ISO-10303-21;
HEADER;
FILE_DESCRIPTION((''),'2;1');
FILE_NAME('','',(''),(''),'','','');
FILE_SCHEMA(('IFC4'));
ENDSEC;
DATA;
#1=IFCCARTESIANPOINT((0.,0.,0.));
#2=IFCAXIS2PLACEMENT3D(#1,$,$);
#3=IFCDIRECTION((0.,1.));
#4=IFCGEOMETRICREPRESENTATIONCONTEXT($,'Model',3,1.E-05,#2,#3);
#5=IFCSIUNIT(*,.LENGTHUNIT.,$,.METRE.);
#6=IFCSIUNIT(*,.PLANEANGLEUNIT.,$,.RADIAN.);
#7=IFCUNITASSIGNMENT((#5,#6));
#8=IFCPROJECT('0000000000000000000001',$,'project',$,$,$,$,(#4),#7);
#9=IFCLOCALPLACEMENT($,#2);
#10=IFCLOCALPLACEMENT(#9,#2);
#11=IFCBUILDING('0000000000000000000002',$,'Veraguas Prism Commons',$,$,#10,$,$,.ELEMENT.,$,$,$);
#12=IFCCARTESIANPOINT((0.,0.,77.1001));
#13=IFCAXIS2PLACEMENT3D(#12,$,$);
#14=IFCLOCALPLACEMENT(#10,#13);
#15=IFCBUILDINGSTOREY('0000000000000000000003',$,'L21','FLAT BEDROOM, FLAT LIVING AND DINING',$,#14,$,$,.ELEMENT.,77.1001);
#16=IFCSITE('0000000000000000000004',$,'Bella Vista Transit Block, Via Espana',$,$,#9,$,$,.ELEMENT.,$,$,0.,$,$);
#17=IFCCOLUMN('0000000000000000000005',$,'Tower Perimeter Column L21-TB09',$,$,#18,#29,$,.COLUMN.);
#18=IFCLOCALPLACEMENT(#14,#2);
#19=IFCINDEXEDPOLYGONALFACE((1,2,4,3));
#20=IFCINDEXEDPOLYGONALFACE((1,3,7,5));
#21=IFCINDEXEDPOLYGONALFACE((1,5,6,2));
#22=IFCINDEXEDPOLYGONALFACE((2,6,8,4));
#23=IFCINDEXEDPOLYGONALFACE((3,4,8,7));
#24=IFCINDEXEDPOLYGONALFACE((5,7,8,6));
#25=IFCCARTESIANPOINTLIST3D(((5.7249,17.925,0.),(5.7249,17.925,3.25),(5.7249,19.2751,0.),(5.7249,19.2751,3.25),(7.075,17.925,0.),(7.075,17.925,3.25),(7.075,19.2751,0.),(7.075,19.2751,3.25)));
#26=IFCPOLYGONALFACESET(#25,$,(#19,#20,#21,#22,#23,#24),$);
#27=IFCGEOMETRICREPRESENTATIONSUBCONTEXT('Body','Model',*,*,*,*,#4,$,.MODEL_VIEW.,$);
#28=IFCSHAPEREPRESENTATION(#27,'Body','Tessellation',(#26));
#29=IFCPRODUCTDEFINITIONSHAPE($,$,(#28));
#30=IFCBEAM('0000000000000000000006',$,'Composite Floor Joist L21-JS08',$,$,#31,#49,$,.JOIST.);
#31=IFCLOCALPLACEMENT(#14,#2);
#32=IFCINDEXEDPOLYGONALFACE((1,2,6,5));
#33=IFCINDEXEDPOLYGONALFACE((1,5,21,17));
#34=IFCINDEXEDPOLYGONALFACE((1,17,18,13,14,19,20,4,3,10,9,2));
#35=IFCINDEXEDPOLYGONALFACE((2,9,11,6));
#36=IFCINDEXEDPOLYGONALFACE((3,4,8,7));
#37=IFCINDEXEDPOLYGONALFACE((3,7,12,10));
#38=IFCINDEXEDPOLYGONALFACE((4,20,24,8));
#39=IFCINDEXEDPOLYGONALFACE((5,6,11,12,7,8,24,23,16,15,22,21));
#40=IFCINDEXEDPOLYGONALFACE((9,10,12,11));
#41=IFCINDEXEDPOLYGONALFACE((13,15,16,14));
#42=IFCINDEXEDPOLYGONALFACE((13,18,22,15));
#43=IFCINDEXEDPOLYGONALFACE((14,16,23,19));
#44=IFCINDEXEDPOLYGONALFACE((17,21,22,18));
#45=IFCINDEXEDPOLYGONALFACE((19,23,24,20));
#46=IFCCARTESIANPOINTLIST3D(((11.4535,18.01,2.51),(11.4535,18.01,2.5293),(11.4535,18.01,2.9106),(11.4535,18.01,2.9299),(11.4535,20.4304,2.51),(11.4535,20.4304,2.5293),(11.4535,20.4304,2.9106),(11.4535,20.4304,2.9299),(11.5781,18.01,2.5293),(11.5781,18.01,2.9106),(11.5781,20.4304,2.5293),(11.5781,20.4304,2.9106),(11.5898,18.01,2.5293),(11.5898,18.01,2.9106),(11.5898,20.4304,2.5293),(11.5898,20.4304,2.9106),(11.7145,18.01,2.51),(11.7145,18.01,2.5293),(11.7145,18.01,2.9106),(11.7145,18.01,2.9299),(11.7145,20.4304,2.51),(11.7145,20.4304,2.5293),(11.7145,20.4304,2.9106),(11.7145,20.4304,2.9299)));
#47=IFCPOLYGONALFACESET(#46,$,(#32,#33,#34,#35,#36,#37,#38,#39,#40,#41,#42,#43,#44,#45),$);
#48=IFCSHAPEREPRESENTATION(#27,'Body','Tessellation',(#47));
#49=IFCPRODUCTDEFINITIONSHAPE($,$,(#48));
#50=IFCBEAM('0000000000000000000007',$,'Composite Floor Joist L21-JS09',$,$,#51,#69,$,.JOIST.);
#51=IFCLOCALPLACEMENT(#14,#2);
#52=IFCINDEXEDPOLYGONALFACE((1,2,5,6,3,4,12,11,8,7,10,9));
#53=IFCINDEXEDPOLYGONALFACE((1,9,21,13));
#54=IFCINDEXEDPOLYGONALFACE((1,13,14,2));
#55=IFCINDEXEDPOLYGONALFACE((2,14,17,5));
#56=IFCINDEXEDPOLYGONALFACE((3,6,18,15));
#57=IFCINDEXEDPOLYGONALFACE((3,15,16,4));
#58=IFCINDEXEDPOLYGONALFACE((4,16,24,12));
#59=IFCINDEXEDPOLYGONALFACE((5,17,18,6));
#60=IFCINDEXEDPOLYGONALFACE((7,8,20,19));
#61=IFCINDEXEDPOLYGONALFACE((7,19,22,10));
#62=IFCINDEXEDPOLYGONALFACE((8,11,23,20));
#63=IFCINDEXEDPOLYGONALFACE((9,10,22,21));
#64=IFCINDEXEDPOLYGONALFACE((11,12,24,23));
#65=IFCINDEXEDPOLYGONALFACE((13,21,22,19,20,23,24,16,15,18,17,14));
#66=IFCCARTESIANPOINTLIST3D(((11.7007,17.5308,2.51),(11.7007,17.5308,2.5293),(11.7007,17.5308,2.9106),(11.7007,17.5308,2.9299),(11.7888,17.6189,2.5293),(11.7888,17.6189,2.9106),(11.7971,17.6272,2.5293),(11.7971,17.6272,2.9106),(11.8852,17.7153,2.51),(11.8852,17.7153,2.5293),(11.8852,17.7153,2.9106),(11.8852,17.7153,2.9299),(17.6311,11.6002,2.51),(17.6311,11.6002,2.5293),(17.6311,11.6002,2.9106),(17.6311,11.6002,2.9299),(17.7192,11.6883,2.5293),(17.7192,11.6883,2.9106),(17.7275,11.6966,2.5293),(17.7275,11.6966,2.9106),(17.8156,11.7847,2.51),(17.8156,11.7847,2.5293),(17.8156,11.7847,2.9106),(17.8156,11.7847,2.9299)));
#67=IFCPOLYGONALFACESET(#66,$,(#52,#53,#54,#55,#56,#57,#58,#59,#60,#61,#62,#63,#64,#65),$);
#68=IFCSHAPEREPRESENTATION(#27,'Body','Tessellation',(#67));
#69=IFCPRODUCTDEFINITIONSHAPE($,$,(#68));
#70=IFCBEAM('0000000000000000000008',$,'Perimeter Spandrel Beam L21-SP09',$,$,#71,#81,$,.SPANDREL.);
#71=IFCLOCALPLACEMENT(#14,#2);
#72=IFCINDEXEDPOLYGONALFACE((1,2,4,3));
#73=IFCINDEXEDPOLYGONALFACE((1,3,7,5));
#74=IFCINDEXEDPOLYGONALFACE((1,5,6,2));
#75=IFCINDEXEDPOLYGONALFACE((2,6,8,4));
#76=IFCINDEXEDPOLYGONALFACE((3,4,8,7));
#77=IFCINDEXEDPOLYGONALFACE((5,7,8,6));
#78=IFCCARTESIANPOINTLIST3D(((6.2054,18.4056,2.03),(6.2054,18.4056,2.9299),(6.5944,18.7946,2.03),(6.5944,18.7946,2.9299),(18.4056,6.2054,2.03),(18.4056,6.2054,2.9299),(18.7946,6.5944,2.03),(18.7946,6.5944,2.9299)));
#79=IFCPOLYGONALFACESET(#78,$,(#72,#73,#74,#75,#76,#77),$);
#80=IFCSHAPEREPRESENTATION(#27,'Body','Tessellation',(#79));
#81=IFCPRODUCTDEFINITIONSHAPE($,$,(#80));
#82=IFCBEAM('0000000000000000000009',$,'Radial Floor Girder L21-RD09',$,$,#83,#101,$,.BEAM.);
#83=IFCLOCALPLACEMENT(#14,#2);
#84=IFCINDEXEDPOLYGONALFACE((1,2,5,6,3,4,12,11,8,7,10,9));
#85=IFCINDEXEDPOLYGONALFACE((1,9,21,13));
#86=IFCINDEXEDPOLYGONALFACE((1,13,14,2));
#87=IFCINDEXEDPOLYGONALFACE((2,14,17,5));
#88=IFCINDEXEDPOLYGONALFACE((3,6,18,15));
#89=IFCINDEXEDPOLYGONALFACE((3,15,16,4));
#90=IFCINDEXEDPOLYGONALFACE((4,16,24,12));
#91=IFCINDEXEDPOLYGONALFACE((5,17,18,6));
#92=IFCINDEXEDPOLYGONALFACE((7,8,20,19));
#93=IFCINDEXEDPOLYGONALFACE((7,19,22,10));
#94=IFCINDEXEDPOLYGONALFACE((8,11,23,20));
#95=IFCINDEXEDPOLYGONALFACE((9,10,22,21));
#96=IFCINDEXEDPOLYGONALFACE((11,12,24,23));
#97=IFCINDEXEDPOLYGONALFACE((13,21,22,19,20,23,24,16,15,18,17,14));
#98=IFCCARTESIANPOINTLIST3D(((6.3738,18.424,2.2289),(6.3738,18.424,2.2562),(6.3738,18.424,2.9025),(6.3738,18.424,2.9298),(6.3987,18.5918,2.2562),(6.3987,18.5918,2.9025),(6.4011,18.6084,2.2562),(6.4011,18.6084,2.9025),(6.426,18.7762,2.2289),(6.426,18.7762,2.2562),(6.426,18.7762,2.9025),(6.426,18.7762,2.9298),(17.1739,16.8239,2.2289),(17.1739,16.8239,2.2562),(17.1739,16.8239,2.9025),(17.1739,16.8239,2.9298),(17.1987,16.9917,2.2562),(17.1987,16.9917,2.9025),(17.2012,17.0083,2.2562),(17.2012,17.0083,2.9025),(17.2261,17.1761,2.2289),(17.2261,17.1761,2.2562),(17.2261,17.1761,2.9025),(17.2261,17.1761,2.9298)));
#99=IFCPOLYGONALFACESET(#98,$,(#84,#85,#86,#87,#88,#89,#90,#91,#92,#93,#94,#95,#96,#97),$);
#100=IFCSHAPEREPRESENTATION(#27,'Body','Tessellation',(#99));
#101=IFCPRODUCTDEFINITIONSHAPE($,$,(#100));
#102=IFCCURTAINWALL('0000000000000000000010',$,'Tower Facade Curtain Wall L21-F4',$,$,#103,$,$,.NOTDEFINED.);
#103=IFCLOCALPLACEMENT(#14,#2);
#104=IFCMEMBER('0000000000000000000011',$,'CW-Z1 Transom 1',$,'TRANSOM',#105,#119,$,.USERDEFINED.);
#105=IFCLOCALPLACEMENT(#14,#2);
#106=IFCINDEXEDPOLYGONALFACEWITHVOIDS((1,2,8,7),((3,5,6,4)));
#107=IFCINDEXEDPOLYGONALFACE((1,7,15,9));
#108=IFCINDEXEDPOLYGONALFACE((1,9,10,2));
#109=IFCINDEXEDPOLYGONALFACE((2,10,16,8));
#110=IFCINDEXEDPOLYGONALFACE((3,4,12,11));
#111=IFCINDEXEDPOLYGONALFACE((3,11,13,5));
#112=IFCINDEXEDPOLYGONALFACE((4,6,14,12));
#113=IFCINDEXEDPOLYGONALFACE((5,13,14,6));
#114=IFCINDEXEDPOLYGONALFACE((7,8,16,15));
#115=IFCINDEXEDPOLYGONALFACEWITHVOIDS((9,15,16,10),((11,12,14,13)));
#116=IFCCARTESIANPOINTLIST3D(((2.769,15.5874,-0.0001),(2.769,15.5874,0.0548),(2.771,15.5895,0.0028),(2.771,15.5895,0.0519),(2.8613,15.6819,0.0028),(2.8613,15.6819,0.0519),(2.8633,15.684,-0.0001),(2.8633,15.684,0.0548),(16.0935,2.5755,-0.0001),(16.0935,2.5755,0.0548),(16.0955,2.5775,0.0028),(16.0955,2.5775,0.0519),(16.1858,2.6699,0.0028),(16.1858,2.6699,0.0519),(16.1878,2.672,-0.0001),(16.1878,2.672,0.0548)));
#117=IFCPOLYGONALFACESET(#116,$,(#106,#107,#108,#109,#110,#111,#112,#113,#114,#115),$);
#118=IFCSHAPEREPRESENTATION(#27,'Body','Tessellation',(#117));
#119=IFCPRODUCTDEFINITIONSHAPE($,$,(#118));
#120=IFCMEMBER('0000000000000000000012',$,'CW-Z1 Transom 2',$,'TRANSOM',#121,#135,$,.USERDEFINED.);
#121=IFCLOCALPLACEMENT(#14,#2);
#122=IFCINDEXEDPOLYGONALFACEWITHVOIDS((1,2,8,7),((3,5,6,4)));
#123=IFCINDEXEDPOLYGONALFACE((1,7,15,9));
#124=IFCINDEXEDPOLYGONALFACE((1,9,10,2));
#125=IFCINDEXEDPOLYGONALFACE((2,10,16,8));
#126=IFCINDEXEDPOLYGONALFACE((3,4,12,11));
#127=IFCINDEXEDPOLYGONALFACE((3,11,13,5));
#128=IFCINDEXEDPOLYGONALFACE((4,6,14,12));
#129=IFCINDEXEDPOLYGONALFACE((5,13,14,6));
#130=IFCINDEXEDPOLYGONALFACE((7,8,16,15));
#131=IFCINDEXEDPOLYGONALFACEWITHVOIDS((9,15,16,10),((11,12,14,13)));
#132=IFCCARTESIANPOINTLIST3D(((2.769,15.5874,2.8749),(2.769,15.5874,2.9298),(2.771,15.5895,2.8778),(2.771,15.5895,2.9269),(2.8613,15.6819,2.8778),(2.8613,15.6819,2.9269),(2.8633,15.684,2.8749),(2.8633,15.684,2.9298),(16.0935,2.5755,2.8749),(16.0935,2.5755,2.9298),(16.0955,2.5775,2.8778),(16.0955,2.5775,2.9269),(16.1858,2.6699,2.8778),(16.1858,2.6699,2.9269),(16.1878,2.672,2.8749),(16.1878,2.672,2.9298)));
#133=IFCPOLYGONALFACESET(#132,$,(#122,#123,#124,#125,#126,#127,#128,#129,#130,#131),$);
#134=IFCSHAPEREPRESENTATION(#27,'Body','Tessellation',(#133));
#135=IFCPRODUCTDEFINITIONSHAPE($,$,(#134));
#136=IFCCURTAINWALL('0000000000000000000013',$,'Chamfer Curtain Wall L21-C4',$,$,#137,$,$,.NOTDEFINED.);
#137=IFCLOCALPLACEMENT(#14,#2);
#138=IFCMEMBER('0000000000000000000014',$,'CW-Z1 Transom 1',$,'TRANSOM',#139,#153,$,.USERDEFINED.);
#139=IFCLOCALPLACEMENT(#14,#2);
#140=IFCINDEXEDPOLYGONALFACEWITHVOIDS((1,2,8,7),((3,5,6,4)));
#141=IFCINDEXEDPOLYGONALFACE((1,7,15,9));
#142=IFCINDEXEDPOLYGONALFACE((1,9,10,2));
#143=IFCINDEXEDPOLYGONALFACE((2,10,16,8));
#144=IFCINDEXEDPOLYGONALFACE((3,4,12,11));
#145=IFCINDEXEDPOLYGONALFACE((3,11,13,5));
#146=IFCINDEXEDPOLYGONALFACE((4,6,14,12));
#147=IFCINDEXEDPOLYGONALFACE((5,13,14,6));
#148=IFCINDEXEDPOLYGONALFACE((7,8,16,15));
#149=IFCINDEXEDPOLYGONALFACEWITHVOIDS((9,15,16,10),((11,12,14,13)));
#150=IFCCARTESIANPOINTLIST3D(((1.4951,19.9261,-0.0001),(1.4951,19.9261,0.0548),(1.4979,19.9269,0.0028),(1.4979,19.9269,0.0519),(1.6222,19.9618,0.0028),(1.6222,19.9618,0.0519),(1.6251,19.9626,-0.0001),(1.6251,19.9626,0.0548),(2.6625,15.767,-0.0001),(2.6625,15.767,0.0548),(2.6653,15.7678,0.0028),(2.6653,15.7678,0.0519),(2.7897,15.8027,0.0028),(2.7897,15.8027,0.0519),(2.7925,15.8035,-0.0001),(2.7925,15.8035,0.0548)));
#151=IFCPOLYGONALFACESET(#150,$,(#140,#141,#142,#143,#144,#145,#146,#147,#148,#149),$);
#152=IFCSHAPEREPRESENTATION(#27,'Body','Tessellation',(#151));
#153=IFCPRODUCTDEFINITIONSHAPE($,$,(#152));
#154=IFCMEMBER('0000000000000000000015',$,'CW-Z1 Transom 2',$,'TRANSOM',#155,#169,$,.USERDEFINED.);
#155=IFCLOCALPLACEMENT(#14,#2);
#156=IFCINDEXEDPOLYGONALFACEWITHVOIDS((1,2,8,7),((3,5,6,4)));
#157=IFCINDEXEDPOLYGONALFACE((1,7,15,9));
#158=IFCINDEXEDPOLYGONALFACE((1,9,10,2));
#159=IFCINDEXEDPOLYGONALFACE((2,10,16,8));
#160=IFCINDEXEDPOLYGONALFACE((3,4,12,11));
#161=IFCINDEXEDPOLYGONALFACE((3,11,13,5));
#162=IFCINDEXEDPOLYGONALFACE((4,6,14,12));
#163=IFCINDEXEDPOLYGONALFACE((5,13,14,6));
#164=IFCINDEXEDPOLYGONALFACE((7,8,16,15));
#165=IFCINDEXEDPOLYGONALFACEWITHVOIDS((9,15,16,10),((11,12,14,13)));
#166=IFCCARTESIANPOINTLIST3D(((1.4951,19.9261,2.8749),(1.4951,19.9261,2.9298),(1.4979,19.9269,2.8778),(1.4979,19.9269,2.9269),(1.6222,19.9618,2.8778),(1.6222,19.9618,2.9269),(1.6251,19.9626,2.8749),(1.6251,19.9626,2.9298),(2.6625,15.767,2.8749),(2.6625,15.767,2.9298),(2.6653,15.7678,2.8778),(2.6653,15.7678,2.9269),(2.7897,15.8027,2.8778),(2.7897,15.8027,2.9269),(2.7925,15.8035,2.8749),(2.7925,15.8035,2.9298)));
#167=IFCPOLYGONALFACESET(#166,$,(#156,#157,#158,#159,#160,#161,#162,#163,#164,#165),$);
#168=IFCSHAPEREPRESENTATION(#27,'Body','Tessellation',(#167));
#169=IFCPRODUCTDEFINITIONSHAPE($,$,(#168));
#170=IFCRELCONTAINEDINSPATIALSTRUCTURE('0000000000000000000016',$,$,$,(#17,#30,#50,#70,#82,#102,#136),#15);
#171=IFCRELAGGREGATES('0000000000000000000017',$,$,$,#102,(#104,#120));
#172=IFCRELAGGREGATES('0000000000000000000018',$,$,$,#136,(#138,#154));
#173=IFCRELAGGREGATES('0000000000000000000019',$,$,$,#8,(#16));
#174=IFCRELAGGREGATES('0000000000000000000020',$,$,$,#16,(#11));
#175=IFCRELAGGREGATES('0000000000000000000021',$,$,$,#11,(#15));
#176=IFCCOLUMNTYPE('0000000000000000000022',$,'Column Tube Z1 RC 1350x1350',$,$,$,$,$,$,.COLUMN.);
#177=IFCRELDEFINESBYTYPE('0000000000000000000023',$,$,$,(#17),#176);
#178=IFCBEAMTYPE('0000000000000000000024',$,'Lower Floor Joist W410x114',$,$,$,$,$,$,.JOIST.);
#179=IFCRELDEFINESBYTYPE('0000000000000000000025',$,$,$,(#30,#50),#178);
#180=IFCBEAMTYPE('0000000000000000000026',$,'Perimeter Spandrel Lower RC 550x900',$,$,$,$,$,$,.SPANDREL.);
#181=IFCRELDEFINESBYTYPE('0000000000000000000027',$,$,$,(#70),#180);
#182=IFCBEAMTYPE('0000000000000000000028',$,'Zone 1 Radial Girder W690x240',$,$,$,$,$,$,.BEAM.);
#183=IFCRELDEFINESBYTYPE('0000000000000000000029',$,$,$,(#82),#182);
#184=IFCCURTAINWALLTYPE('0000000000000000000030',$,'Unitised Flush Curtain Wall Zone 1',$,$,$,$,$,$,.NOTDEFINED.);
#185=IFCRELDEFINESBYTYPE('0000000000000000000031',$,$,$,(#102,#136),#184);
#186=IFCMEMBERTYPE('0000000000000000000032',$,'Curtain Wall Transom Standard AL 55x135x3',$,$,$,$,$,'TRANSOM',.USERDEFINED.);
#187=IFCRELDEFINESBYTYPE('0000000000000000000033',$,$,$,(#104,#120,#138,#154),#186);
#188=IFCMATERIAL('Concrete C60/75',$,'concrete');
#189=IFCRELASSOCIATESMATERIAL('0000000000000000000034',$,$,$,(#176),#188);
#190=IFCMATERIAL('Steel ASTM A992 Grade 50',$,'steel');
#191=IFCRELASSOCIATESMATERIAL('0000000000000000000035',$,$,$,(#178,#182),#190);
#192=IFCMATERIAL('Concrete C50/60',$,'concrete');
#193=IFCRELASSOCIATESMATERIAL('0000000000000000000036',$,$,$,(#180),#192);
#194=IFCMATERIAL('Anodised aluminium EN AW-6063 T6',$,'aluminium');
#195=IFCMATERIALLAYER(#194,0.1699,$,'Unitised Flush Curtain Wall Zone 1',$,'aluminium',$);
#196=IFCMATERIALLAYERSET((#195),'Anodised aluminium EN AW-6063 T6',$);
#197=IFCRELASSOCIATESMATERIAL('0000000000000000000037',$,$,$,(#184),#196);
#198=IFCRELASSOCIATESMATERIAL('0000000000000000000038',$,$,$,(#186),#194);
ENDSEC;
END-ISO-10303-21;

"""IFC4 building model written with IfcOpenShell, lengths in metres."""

from ifc_helpers import new_model, si_unit, direction, frame, origin, origin_2d, place, context, subcontext, project, spatial, rectangle, hollow_rectangle, i_section, extrude, source, transform, mapped, material, layer, layer_set, material_profile, profile_set, type_object, element, aggregate, save


model = new_model("IFC4")

# Units and contexts
model_context = context("Model", 3, precision=1e-05, world=origin(), true_north=direction((0.0, 1.0)))
body_context = subcontext(model_context, "Body", "Model", "MODEL_VIEW")
ifc_project = project(units=[si_unit("LENGTHUNIT", "METRE"), si_unit("PLANEANGLEUNIT", "RADIAN")], contexts=[model_context])

# Site, building, storey
site_placement = place(None, origin())
site = spatial("IfcSite", under=ifc_project, at=site_placement, Name="Bella Vista Transit Block, Via Espana", CompositionType="ELEMENT", RefElevation=0.0)
building_placement = place(site_placement, origin())
building = spatial("IfcBuilding", under=site, at=building_placement, Name="Veraguas Prism Commons", CompositionType="ELEMENT")
storey_placement = place(building_placement, frame((0.0, 0.0, 77.1001)))
storey = spatial("IfcBuildingStorey", under=building, at=storey_placement, Name="L21", Description="FLAT BEDROOM, FLAT LIVING AND DINING", CompositionType="ELEMENT", Elevation=77.1001)

# Column
ifc_material_1 = material(Name="Concrete C60/75", Category="concrete")
ifc_material_profile_1 = material_profile(ifc_material_1, rectangle(XDim=1.3501, YDim=1.3501, at=origin_2d()), Name="RC1350X1350")
ifc_profile_set_1 = profile_set([ifc_material_profile_1], Name="Concrete C60/75")
column_type = type_object("IfcColumnType", Name="Column Tube Z1 RC 1350x1350", PredefinedType="COLUMN", material=ifc_profile_set_1)
column_placement = place(storey_placement, frame((6.3999, 18.6001, 0.0), z_axis=(0.0, 0.0, 1.0), x_axis=(1.0, 0.0, 0.0)))
element("IfcColumn", 1, at=column_placement, inside=storey, type_object=column_type, Name="Tower Perimeter Column L21-TB09", PredefinedType="COLUMN", context=body_context, shape_type="SweptSolid", body=[
    extrude(rectangle(XDim=1.3501, YDim=1.3501, at=origin_2d()), origin(), (0.0, 0.0, 1.0), 3.25),
])

# Beams
ifc_material_2 = material(Name="Steel ASTM A992 Grade 50", Category="steel")
ifc_material_profile_2 = material_profile(ifc_material_2, i_section(OverallWidth=0.261, OverallDepth=0.4199, WebThickness=0.0117, FlangeThickness=0.0193, at=origin_2d()), Name="W410X114")
ifc_profile_set_2 = profile_set([ifc_material_profile_2], Name="Steel ASTM A992 Grade 50")
beam_type_1 = type_object("IfcBeamType", Name="Lower Floor Joist W410x114", PredefinedType="JOIST", material=ifc_profile_set_2)
beam_1_placement = place(storey_placement, frame((11.584, 20.4304, 2.72), z_axis=(0.0, -1.0, 0.0), x_axis=(1.0, 0.0, 0.0)))
element("IfcBeam", 2, at=beam_1_placement, inside=storey, type_object=beam_type_1, Name="Composite Floor Joist L21-JS08", PredefinedType="JOIST", context=body_context, shape_type="SweptSolid", body=[
    extrude(i_section(OverallWidth=0.261, OverallDepth=0.4199, WebThickness=0.0117, FlangeThickness=0.0193, at=origin_2d()), origin(), (0.0, 0.0, 1.0), 2.4204),
])
beam_2_placement = place(storey_placement, frame((11.793, 17.623, 2.72), z_axis=(0.707092, -0.707121, 0.0), x_axis=(0.707121, 0.707092, 0.0)))
element("IfcBeam", 3, at=beam_2_placement, inside=storey, type_object=beam_type_1, Name="Composite Floor Joist L21-JS09", PredefinedType="JOIST", context=body_context, shape_type="SweptSolid", body=[
    extrude(i_section(OverallWidth=0.261, OverallDepth=0.4199, WebThickness=0.0117, FlangeThickness=0.0193, at=origin_2d()), origin(), (0.0, 0.0, 1.0), 8.387),
])
ifc_material_3 = material(Name="Concrete C50/60", Category="concrete")
ifc_material_profile_3 = material_profile(ifc_material_3, rectangle(XDim=0.55, YDim=0.8999, at=origin_2d()), Name="RC550X900")
ifc_profile_set_3 = profile_set([ifc_material_profile_3], Name="Concrete C50/60")
beam_type_2 = type_object("IfcBeamType", Name="Perimeter Spandrel Lower RC 550x900", PredefinedType="SPANDREL", material=ifc_profile_set_3)
beam_3_placement = place(storey_placement, frame((6.3999, 18.6001, 2.48), z_axis=(0.707107, -0.707107, 0.0), x_axis=(0.707107, 0.707107, 0.0)))
element("IfcBeam", 4, at=beam_3_placement, inside=storey, type_object=beam_type_2, Name="Perimeter Spandrel Beam L21-SP09", PredefinedType="SPANDREL", context=body_context, shape_type="SweptSolid", body=[
    extrude(rectangle(XDim=0.55, YDim=0.8999, at=origin_2d()), origin(), (0.0, 0.0, 1.0), 17.2537),
])
ifc_material_profile_4 = material_profile(ifc_material_2, i_section(OverallWidth=0.356, OverallDepth=0.7009, WebThickness=0.0168, FlangeThickness=0.0273, at=origin_2d()), Name="W690X240")
ifc_profile_set_4 = profile_set([ifc_material_profile_4], Name="Steel ASTM A992 Grade 50")
beam_type_3 = type_object("IfcBeamType", Name="Zone 1 Radial Girder W690x240", PredefinedType="BEAM", material=ifc_profile_set_4)
beam_4_placement = place(storey_placement, frame((6.3999, 18.6001, 2.5793), z_axis=(0.989202, -0.146557, 0.0), x_axis=(0.146557, 0.989202, 0.0)))
element("IfcBeam", 5, at=beam_4_placement, inside=storey, type_object=beam_type_3, Name="Radial Floor Girder L21-RD09", PredefinedType="BEAM", context=body_context, shape_type="SweptSolid", body=[
    extrude(i_section(OverallWidth=0.356, OverallDepth=0.7009, WebThickness=0.0168, FlangeThickness=0.0273, at=origin_2d()), origin(), (0.0, 0.0, 1.0), 10.918),
])

# Curtain walls, members
ifc_material_4 = material(Name="Anodised aluminium EN AW-6063 T6", Category="aluminium")
ifc_layer_1 = layer(ifc_material_4, 0.1699, Name="Unitised Flush Curtain Wall Zone 1", Category="aluminium")
ifc_layer_set_1 = layer_set([ifc_layer_1], Name="Anodised aluminium EN AW-6063 T6")
curtain_wall_type = type_object("IfcCurtainWallType", Name="Unitised Flush Curtain Wall Zone 1", PredefinedType="NOTDEFINED", material=ifc_layer_set_1)
curtain_wall_1_placement = place(storey_placement, origin())
curtain_wall_1 = element("IfcCurtainWall", 6, at=curtain_wall_1_placement, inside=storey, type_object=curtain_wall_type, Name="Tower Facade Curtain Wall L21-F4", PredefinedType="NOTDEFINED")
ifc_material_profile_5 = material_profile(ifc_material_4, hollow_rectangle(XDim=0.0549, YDim=0.135, WallThickness=0.0029, at=origin_2d()), Name="AL55X135X3")
ifc_profile_set_5 = profile_set([ifc_material_profile_5], Name="Anodised aluminium EN AW-6063 T6")
member_type_1 = type_object("IfcMemberType", Name="Curtain Wall Transom Standard AL 55x135x3", ElementType="TRANSOM", PredefinedType="USERDEFINED", material=ifc_profile_set_5)
shared_shape_1 = source(origin(), body_context, "Body", "SweptSolid", [
    extrude(hollow_rectangle(XDim=0.0549, YDim=0.135, WallThickness=0.0029, at=origin_2d()), origin(), (0.0, 0.0, 1.0), 18.624),
])
member_1_placement = place(storey_placement, frame((2.8162, 15.6357, 0.0273), z_axis=(0.715447, -0.698667, 0.0), x_axis=(0.0, 0.0, 1.0)))
member_1 = element("IfcMember", 7, at=member_1_placement, type_object=member_type_1, Name="CW-Z1 Transom 1", ObjectType="TRANSOM", PredefinedType="USERDEFINED", context=body_context, shape_type="MappedRepresentation", body=[
    mapped(shared_shape_1, transform((0.0, 0.0, 0.0), scale=1.0)),
])
member_2_placement = place(storey_placement, frame((2.8162, 15.6357, 2.9023), z_axis=(0.715447, -0.698667, 0.0), x_axis=(0.0, 0.0, 1.0)))
member_2 = element("IfcMember", 8, at=member_2_placement, type_object=member_type_1, Name="CW-Z1 Transom 2", ObjectType="TRANSOM", PredefinedType="USERDEFINED", context=body_context, shape_type="MappedRepresentation", body=[
    mapped(shared_shape_1, transform((0.0, 0.0, 0.0), scale=1.0)),
])
curtain_wall_2_placement = place(storey_placement, origin())
curtain_wall_2 = element("IfcCurtainWall", 9, at=curtain_wall_2_placement, inside=storey, type_object=curtain_wall_type, Name="Chamfer Curtain Wall L21-C4", PredefinedType="NOTDEFINED")
shared_shape_2 = source(origin(), body_context, "Body", "SweptSolid", [
    extrude(hollow_rectangle(XDim=0.0549, YDim=0.135, WallThickness=0.0029, at=origin_2d()), origin(), (0.0, 0.0, 1.0), 4.3198),
])
member_3_placement = place(storey_placement, frame((1.5601, 19.9443, 0.0273), z_axis=(0.270255, -0.962789, 0.0), x_axis=(0.0, 0.0, 1.0)))
member_3 = element("IfcMember", 10, at=member_3_placement, type_object=member_type_1, Name="CW-Z1 Transom 1", ObjectType="TRANSOM", PredefinedType="USERDEFINED", context=body_context, shape_type="MappedRepresentation", body=[
    mapped(shared_shape_2, transform((0.0, 0.0, 0.0), scale=1.0)),
])
member_4_placement = place(storey_placement, frame((1.5601, 19.9443, 2.9023), z_axis=(0.270255, -0.962789, 0.0), x_axis=(0.0, 0.0, 1.0)))
member_4 = element("IfcMember", 11, at=member_4_placement, type_object=member_type_1, Name="CW-Z1 Transom 2", ObjectType="TRANSOM", PredefinedType="USERDEFINED", context=body_context, shape_type="MappedRepresentation", body=[
    mapped(shared_shape_2, transform((0.0, 0.0, 0.0), scale=1.0)),
])

aggregate(curtain_wall_1, [member_1, member_2])
aggregate(curtain_wall_2, [member_3, member_4])

save(model, "model.ifc")
